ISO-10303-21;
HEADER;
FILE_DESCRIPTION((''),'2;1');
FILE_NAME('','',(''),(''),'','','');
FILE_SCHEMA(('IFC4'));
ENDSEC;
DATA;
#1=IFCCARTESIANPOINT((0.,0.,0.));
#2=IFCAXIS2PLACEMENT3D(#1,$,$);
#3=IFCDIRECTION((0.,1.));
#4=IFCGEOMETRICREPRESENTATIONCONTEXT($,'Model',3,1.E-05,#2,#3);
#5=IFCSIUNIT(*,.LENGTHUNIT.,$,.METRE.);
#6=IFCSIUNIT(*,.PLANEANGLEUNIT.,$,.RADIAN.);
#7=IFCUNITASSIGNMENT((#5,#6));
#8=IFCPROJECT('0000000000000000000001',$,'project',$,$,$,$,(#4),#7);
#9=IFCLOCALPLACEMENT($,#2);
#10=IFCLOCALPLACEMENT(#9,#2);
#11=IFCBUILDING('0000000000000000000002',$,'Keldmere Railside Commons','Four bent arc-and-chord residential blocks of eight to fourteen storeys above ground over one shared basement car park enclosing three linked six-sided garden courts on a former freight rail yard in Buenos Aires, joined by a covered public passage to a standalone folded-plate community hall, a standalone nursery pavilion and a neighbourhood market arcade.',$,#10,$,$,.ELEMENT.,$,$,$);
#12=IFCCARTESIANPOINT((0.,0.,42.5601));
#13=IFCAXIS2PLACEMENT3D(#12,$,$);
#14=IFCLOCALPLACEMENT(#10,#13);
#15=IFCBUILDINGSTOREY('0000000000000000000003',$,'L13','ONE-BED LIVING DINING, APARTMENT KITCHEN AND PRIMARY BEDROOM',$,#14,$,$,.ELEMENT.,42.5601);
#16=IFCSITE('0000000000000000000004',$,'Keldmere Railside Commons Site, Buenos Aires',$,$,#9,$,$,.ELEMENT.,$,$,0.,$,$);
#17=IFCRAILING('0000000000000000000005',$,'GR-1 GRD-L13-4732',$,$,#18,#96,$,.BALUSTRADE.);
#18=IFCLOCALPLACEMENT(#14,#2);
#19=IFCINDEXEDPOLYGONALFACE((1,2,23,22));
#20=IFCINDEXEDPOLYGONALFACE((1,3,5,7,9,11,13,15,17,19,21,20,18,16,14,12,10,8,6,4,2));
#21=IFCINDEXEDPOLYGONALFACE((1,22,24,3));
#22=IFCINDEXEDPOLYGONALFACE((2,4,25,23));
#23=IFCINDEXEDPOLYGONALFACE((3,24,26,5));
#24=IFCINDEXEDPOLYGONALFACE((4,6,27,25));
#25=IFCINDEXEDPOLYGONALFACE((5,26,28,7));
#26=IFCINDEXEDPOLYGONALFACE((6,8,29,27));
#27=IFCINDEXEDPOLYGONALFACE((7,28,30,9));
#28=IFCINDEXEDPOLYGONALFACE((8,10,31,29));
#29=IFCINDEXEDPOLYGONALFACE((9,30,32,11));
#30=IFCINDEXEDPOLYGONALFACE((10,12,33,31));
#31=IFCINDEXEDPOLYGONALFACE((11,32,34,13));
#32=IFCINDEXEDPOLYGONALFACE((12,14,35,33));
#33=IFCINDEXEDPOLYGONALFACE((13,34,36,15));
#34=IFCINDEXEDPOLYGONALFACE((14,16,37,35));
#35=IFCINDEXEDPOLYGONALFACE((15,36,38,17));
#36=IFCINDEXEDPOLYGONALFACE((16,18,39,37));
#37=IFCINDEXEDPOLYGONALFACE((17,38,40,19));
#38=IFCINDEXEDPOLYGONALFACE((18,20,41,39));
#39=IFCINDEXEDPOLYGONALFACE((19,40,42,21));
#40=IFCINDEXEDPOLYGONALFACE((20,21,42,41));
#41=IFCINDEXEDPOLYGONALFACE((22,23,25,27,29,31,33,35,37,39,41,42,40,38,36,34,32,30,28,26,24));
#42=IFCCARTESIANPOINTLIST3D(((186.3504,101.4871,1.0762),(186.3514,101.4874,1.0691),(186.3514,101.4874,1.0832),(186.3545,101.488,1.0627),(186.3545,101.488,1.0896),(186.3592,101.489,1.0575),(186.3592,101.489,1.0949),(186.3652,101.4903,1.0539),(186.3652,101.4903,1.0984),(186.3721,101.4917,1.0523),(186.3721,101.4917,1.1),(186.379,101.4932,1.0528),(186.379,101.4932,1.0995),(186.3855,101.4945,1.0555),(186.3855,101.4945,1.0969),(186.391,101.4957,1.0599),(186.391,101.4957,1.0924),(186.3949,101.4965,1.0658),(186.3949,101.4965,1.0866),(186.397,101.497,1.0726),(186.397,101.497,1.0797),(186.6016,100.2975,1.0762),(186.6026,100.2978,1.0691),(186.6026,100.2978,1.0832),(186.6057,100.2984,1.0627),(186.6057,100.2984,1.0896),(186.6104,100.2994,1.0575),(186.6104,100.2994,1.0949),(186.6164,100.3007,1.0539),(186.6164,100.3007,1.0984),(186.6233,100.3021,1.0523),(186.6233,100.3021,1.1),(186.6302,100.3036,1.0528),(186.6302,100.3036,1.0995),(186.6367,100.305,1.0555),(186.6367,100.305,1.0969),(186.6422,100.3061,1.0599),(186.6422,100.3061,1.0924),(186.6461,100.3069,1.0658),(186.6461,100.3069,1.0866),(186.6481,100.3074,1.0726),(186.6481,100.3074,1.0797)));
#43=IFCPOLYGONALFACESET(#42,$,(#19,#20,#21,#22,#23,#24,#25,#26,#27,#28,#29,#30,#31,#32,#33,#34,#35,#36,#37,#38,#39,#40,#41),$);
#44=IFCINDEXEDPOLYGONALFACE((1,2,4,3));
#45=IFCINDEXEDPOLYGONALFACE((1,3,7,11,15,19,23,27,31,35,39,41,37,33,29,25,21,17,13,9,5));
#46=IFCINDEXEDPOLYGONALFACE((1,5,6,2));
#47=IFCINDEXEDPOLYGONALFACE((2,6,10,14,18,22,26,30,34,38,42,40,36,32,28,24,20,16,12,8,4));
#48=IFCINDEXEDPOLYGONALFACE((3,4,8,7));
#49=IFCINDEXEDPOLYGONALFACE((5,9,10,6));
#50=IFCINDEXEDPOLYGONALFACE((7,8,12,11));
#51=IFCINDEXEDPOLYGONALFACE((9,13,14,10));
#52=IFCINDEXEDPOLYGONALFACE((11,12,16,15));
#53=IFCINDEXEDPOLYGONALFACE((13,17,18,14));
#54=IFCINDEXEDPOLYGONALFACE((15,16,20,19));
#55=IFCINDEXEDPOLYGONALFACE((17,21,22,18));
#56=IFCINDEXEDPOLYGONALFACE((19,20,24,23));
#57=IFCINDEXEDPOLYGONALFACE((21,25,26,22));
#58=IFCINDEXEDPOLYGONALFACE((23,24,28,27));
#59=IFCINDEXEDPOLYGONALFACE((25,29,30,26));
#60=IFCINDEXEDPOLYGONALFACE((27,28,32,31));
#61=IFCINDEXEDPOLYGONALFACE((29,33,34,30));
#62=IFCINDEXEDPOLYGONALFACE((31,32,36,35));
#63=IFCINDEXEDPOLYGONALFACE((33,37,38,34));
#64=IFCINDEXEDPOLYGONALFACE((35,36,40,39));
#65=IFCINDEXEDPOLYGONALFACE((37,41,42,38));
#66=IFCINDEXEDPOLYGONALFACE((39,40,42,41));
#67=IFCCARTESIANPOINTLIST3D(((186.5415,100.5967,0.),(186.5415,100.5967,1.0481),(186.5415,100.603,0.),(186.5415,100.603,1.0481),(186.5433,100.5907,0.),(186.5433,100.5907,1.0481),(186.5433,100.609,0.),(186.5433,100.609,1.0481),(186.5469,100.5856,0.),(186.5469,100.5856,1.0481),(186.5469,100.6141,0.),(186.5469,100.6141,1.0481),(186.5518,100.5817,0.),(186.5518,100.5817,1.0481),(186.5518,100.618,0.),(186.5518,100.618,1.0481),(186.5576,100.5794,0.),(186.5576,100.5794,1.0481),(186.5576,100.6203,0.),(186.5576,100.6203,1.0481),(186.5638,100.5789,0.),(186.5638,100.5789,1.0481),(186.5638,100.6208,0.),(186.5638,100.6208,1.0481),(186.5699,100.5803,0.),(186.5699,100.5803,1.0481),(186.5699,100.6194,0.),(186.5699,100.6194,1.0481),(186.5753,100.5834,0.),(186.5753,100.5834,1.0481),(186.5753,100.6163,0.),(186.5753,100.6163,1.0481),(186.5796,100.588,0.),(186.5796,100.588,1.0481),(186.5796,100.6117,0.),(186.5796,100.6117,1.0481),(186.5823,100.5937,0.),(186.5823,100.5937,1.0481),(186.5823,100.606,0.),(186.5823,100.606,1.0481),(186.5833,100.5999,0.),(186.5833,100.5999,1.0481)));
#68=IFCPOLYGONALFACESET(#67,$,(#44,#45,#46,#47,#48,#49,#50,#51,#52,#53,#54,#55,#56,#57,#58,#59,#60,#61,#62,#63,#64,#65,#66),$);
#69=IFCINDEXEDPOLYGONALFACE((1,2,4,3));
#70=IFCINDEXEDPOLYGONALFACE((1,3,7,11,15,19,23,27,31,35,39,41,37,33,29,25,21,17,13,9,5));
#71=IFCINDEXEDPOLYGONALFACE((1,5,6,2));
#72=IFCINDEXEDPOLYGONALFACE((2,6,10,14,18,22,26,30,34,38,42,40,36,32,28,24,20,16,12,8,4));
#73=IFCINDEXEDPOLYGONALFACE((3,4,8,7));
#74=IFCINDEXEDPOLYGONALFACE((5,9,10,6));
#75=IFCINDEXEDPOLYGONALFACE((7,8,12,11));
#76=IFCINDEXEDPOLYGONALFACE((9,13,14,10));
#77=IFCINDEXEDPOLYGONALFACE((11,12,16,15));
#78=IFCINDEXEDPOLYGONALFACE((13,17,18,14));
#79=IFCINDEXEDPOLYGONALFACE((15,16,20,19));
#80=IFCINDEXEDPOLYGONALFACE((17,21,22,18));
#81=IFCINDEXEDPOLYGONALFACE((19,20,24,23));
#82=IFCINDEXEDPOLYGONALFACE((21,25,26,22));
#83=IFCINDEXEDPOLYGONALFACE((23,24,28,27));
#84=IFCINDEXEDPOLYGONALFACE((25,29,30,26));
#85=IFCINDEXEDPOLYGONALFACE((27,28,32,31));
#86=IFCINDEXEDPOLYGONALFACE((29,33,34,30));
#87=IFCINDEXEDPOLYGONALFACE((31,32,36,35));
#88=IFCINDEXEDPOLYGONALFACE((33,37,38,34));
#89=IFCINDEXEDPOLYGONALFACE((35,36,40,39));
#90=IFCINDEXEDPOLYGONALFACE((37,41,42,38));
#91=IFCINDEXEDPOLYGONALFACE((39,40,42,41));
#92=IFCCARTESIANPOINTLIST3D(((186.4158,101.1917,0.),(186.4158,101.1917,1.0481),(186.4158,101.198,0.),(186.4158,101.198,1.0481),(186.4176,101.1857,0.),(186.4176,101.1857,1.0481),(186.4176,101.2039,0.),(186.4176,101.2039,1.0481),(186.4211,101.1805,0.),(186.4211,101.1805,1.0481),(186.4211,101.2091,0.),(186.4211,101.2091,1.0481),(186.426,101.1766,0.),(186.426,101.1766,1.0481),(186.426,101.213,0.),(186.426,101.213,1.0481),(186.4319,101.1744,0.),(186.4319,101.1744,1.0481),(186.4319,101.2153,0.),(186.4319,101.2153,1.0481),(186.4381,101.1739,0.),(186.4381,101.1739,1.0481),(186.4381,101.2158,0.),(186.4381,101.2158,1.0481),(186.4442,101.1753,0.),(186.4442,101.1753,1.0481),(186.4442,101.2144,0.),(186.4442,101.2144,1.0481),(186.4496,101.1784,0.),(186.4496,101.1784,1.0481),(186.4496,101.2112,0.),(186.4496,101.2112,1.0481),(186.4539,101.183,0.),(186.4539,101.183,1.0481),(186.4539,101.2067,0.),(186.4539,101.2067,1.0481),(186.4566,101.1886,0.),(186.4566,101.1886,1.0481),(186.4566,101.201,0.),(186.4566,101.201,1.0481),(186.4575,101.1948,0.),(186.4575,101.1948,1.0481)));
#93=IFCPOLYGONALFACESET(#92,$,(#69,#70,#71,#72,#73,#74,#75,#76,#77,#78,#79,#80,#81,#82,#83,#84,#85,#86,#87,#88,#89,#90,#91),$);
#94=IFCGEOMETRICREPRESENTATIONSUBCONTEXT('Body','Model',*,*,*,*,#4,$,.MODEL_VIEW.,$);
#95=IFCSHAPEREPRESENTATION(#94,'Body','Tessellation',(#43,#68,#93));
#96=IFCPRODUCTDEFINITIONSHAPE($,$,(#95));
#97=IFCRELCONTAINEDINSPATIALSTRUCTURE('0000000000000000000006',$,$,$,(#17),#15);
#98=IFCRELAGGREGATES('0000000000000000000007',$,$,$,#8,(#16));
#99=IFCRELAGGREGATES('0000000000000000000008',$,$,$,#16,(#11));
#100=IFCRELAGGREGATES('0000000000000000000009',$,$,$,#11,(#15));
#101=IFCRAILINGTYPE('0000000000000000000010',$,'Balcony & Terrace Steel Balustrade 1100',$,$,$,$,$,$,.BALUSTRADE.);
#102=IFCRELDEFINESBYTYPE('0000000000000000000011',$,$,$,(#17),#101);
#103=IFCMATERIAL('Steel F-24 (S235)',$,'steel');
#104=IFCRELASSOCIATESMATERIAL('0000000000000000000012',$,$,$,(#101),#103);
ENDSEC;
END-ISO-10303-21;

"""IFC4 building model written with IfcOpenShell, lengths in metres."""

from ifc_helpers import new_model, si_unit, direction, frame, origin, origin_2d, place, context, subcontext, project, spatial, circle, extrude, material, type_object, element, save


model = new_model("IFC4")

# Units and contexts
model_context = context("Model", 3, precision=1e-05, world=origin(), true_north=direction((0.0, 1.0)))
body_context = subcontext(model_context, "Body", "Model", "MODEL_VIEW")
ifc_project = project(units=[si_unit("LENGTHUNIT", "METRE"), si_unit("PLANEANGLEUNIT", "RADIAN")], contexts=[model_context])

# Site, building, storey
site_placement = place(None, origin())
site = spatial("IfcSite", under=ifc_project, at=site_placement, Name="Keldmere Railside Commons Site, Buenos Aires", CompositionType="ELEMENT", RefElevation=0.0)
building_placement = place(site_placement, origin())
building = spatial("IfcBuilding", under=site, at=building_placement, Name="Keldmere Railside Commons", Description="Four bent arc-and-chord residential blocks of eight to fourteen storeys above ground over one shared basement car park enclosing three linked six-sided garden courts on a former freight rail yard in Buenos Aires, joined by a covered public passage to a standalone folded-plate community hall, a standalone nursery pavilion and a neighbourhood market arcade.", CompositionType="ELEMENT")
storey_placement = place(building_placement, frame((0.0, 0.0, 42.5601)))
storey = spatial("IfcBuildingStorey", under=building, at=storey_placement, Name="L13", Description="ONE-BED LIVING DINING, APARTMENT KITCHEN AND PRIMARY BEDROOM", CompositionType="ELEMENT", Elevation=42.5601)

# Railing
ifc_material_1 = material(Name="Steel F-24 (S235)", Category="steel")
railing_type = type_object("IfcRailingType", Name="Balcony & Terrace Steel Balustrade 1100", PredefinedType="BALUSTRADE", material=ifc_material_1)
railing_1_placement = place(storey_placement, frame((186.625, 100.3025, 0.0)))
element("IfcRailing", 1, at=railing_1_placement, inside=storey, type_object=railing_type, Name="GR-1 GRD-L13-4732", PredefinedType="BALUSTRADE", context=body_context, shape_type="SweptSolid", body=[
    extrude(circle(Radius=0.0239, at=origin_2d()), frame((0.0, 0.0, 1.0762), z_axis=(-0.206607, 0.978424, 0.0), x_axis=(-0.978424, -0.206607, 0.0)), (0.0, 0.0, 1.0), 1.2158),
    extrude(circle(Radius=0.021, at=origin_2d()), frame((-0.0627, 0.2974, 0.0)), (0.0, 0.0, 1.0), 1.0481),
    extrude(circle(Radius=0.021, at=origin_2d()), frame((-0.1885, 0.8923, 0.0)), (0.0, 0.0, 1.0), 1.0481),
])

save(model, "model.ifc")
